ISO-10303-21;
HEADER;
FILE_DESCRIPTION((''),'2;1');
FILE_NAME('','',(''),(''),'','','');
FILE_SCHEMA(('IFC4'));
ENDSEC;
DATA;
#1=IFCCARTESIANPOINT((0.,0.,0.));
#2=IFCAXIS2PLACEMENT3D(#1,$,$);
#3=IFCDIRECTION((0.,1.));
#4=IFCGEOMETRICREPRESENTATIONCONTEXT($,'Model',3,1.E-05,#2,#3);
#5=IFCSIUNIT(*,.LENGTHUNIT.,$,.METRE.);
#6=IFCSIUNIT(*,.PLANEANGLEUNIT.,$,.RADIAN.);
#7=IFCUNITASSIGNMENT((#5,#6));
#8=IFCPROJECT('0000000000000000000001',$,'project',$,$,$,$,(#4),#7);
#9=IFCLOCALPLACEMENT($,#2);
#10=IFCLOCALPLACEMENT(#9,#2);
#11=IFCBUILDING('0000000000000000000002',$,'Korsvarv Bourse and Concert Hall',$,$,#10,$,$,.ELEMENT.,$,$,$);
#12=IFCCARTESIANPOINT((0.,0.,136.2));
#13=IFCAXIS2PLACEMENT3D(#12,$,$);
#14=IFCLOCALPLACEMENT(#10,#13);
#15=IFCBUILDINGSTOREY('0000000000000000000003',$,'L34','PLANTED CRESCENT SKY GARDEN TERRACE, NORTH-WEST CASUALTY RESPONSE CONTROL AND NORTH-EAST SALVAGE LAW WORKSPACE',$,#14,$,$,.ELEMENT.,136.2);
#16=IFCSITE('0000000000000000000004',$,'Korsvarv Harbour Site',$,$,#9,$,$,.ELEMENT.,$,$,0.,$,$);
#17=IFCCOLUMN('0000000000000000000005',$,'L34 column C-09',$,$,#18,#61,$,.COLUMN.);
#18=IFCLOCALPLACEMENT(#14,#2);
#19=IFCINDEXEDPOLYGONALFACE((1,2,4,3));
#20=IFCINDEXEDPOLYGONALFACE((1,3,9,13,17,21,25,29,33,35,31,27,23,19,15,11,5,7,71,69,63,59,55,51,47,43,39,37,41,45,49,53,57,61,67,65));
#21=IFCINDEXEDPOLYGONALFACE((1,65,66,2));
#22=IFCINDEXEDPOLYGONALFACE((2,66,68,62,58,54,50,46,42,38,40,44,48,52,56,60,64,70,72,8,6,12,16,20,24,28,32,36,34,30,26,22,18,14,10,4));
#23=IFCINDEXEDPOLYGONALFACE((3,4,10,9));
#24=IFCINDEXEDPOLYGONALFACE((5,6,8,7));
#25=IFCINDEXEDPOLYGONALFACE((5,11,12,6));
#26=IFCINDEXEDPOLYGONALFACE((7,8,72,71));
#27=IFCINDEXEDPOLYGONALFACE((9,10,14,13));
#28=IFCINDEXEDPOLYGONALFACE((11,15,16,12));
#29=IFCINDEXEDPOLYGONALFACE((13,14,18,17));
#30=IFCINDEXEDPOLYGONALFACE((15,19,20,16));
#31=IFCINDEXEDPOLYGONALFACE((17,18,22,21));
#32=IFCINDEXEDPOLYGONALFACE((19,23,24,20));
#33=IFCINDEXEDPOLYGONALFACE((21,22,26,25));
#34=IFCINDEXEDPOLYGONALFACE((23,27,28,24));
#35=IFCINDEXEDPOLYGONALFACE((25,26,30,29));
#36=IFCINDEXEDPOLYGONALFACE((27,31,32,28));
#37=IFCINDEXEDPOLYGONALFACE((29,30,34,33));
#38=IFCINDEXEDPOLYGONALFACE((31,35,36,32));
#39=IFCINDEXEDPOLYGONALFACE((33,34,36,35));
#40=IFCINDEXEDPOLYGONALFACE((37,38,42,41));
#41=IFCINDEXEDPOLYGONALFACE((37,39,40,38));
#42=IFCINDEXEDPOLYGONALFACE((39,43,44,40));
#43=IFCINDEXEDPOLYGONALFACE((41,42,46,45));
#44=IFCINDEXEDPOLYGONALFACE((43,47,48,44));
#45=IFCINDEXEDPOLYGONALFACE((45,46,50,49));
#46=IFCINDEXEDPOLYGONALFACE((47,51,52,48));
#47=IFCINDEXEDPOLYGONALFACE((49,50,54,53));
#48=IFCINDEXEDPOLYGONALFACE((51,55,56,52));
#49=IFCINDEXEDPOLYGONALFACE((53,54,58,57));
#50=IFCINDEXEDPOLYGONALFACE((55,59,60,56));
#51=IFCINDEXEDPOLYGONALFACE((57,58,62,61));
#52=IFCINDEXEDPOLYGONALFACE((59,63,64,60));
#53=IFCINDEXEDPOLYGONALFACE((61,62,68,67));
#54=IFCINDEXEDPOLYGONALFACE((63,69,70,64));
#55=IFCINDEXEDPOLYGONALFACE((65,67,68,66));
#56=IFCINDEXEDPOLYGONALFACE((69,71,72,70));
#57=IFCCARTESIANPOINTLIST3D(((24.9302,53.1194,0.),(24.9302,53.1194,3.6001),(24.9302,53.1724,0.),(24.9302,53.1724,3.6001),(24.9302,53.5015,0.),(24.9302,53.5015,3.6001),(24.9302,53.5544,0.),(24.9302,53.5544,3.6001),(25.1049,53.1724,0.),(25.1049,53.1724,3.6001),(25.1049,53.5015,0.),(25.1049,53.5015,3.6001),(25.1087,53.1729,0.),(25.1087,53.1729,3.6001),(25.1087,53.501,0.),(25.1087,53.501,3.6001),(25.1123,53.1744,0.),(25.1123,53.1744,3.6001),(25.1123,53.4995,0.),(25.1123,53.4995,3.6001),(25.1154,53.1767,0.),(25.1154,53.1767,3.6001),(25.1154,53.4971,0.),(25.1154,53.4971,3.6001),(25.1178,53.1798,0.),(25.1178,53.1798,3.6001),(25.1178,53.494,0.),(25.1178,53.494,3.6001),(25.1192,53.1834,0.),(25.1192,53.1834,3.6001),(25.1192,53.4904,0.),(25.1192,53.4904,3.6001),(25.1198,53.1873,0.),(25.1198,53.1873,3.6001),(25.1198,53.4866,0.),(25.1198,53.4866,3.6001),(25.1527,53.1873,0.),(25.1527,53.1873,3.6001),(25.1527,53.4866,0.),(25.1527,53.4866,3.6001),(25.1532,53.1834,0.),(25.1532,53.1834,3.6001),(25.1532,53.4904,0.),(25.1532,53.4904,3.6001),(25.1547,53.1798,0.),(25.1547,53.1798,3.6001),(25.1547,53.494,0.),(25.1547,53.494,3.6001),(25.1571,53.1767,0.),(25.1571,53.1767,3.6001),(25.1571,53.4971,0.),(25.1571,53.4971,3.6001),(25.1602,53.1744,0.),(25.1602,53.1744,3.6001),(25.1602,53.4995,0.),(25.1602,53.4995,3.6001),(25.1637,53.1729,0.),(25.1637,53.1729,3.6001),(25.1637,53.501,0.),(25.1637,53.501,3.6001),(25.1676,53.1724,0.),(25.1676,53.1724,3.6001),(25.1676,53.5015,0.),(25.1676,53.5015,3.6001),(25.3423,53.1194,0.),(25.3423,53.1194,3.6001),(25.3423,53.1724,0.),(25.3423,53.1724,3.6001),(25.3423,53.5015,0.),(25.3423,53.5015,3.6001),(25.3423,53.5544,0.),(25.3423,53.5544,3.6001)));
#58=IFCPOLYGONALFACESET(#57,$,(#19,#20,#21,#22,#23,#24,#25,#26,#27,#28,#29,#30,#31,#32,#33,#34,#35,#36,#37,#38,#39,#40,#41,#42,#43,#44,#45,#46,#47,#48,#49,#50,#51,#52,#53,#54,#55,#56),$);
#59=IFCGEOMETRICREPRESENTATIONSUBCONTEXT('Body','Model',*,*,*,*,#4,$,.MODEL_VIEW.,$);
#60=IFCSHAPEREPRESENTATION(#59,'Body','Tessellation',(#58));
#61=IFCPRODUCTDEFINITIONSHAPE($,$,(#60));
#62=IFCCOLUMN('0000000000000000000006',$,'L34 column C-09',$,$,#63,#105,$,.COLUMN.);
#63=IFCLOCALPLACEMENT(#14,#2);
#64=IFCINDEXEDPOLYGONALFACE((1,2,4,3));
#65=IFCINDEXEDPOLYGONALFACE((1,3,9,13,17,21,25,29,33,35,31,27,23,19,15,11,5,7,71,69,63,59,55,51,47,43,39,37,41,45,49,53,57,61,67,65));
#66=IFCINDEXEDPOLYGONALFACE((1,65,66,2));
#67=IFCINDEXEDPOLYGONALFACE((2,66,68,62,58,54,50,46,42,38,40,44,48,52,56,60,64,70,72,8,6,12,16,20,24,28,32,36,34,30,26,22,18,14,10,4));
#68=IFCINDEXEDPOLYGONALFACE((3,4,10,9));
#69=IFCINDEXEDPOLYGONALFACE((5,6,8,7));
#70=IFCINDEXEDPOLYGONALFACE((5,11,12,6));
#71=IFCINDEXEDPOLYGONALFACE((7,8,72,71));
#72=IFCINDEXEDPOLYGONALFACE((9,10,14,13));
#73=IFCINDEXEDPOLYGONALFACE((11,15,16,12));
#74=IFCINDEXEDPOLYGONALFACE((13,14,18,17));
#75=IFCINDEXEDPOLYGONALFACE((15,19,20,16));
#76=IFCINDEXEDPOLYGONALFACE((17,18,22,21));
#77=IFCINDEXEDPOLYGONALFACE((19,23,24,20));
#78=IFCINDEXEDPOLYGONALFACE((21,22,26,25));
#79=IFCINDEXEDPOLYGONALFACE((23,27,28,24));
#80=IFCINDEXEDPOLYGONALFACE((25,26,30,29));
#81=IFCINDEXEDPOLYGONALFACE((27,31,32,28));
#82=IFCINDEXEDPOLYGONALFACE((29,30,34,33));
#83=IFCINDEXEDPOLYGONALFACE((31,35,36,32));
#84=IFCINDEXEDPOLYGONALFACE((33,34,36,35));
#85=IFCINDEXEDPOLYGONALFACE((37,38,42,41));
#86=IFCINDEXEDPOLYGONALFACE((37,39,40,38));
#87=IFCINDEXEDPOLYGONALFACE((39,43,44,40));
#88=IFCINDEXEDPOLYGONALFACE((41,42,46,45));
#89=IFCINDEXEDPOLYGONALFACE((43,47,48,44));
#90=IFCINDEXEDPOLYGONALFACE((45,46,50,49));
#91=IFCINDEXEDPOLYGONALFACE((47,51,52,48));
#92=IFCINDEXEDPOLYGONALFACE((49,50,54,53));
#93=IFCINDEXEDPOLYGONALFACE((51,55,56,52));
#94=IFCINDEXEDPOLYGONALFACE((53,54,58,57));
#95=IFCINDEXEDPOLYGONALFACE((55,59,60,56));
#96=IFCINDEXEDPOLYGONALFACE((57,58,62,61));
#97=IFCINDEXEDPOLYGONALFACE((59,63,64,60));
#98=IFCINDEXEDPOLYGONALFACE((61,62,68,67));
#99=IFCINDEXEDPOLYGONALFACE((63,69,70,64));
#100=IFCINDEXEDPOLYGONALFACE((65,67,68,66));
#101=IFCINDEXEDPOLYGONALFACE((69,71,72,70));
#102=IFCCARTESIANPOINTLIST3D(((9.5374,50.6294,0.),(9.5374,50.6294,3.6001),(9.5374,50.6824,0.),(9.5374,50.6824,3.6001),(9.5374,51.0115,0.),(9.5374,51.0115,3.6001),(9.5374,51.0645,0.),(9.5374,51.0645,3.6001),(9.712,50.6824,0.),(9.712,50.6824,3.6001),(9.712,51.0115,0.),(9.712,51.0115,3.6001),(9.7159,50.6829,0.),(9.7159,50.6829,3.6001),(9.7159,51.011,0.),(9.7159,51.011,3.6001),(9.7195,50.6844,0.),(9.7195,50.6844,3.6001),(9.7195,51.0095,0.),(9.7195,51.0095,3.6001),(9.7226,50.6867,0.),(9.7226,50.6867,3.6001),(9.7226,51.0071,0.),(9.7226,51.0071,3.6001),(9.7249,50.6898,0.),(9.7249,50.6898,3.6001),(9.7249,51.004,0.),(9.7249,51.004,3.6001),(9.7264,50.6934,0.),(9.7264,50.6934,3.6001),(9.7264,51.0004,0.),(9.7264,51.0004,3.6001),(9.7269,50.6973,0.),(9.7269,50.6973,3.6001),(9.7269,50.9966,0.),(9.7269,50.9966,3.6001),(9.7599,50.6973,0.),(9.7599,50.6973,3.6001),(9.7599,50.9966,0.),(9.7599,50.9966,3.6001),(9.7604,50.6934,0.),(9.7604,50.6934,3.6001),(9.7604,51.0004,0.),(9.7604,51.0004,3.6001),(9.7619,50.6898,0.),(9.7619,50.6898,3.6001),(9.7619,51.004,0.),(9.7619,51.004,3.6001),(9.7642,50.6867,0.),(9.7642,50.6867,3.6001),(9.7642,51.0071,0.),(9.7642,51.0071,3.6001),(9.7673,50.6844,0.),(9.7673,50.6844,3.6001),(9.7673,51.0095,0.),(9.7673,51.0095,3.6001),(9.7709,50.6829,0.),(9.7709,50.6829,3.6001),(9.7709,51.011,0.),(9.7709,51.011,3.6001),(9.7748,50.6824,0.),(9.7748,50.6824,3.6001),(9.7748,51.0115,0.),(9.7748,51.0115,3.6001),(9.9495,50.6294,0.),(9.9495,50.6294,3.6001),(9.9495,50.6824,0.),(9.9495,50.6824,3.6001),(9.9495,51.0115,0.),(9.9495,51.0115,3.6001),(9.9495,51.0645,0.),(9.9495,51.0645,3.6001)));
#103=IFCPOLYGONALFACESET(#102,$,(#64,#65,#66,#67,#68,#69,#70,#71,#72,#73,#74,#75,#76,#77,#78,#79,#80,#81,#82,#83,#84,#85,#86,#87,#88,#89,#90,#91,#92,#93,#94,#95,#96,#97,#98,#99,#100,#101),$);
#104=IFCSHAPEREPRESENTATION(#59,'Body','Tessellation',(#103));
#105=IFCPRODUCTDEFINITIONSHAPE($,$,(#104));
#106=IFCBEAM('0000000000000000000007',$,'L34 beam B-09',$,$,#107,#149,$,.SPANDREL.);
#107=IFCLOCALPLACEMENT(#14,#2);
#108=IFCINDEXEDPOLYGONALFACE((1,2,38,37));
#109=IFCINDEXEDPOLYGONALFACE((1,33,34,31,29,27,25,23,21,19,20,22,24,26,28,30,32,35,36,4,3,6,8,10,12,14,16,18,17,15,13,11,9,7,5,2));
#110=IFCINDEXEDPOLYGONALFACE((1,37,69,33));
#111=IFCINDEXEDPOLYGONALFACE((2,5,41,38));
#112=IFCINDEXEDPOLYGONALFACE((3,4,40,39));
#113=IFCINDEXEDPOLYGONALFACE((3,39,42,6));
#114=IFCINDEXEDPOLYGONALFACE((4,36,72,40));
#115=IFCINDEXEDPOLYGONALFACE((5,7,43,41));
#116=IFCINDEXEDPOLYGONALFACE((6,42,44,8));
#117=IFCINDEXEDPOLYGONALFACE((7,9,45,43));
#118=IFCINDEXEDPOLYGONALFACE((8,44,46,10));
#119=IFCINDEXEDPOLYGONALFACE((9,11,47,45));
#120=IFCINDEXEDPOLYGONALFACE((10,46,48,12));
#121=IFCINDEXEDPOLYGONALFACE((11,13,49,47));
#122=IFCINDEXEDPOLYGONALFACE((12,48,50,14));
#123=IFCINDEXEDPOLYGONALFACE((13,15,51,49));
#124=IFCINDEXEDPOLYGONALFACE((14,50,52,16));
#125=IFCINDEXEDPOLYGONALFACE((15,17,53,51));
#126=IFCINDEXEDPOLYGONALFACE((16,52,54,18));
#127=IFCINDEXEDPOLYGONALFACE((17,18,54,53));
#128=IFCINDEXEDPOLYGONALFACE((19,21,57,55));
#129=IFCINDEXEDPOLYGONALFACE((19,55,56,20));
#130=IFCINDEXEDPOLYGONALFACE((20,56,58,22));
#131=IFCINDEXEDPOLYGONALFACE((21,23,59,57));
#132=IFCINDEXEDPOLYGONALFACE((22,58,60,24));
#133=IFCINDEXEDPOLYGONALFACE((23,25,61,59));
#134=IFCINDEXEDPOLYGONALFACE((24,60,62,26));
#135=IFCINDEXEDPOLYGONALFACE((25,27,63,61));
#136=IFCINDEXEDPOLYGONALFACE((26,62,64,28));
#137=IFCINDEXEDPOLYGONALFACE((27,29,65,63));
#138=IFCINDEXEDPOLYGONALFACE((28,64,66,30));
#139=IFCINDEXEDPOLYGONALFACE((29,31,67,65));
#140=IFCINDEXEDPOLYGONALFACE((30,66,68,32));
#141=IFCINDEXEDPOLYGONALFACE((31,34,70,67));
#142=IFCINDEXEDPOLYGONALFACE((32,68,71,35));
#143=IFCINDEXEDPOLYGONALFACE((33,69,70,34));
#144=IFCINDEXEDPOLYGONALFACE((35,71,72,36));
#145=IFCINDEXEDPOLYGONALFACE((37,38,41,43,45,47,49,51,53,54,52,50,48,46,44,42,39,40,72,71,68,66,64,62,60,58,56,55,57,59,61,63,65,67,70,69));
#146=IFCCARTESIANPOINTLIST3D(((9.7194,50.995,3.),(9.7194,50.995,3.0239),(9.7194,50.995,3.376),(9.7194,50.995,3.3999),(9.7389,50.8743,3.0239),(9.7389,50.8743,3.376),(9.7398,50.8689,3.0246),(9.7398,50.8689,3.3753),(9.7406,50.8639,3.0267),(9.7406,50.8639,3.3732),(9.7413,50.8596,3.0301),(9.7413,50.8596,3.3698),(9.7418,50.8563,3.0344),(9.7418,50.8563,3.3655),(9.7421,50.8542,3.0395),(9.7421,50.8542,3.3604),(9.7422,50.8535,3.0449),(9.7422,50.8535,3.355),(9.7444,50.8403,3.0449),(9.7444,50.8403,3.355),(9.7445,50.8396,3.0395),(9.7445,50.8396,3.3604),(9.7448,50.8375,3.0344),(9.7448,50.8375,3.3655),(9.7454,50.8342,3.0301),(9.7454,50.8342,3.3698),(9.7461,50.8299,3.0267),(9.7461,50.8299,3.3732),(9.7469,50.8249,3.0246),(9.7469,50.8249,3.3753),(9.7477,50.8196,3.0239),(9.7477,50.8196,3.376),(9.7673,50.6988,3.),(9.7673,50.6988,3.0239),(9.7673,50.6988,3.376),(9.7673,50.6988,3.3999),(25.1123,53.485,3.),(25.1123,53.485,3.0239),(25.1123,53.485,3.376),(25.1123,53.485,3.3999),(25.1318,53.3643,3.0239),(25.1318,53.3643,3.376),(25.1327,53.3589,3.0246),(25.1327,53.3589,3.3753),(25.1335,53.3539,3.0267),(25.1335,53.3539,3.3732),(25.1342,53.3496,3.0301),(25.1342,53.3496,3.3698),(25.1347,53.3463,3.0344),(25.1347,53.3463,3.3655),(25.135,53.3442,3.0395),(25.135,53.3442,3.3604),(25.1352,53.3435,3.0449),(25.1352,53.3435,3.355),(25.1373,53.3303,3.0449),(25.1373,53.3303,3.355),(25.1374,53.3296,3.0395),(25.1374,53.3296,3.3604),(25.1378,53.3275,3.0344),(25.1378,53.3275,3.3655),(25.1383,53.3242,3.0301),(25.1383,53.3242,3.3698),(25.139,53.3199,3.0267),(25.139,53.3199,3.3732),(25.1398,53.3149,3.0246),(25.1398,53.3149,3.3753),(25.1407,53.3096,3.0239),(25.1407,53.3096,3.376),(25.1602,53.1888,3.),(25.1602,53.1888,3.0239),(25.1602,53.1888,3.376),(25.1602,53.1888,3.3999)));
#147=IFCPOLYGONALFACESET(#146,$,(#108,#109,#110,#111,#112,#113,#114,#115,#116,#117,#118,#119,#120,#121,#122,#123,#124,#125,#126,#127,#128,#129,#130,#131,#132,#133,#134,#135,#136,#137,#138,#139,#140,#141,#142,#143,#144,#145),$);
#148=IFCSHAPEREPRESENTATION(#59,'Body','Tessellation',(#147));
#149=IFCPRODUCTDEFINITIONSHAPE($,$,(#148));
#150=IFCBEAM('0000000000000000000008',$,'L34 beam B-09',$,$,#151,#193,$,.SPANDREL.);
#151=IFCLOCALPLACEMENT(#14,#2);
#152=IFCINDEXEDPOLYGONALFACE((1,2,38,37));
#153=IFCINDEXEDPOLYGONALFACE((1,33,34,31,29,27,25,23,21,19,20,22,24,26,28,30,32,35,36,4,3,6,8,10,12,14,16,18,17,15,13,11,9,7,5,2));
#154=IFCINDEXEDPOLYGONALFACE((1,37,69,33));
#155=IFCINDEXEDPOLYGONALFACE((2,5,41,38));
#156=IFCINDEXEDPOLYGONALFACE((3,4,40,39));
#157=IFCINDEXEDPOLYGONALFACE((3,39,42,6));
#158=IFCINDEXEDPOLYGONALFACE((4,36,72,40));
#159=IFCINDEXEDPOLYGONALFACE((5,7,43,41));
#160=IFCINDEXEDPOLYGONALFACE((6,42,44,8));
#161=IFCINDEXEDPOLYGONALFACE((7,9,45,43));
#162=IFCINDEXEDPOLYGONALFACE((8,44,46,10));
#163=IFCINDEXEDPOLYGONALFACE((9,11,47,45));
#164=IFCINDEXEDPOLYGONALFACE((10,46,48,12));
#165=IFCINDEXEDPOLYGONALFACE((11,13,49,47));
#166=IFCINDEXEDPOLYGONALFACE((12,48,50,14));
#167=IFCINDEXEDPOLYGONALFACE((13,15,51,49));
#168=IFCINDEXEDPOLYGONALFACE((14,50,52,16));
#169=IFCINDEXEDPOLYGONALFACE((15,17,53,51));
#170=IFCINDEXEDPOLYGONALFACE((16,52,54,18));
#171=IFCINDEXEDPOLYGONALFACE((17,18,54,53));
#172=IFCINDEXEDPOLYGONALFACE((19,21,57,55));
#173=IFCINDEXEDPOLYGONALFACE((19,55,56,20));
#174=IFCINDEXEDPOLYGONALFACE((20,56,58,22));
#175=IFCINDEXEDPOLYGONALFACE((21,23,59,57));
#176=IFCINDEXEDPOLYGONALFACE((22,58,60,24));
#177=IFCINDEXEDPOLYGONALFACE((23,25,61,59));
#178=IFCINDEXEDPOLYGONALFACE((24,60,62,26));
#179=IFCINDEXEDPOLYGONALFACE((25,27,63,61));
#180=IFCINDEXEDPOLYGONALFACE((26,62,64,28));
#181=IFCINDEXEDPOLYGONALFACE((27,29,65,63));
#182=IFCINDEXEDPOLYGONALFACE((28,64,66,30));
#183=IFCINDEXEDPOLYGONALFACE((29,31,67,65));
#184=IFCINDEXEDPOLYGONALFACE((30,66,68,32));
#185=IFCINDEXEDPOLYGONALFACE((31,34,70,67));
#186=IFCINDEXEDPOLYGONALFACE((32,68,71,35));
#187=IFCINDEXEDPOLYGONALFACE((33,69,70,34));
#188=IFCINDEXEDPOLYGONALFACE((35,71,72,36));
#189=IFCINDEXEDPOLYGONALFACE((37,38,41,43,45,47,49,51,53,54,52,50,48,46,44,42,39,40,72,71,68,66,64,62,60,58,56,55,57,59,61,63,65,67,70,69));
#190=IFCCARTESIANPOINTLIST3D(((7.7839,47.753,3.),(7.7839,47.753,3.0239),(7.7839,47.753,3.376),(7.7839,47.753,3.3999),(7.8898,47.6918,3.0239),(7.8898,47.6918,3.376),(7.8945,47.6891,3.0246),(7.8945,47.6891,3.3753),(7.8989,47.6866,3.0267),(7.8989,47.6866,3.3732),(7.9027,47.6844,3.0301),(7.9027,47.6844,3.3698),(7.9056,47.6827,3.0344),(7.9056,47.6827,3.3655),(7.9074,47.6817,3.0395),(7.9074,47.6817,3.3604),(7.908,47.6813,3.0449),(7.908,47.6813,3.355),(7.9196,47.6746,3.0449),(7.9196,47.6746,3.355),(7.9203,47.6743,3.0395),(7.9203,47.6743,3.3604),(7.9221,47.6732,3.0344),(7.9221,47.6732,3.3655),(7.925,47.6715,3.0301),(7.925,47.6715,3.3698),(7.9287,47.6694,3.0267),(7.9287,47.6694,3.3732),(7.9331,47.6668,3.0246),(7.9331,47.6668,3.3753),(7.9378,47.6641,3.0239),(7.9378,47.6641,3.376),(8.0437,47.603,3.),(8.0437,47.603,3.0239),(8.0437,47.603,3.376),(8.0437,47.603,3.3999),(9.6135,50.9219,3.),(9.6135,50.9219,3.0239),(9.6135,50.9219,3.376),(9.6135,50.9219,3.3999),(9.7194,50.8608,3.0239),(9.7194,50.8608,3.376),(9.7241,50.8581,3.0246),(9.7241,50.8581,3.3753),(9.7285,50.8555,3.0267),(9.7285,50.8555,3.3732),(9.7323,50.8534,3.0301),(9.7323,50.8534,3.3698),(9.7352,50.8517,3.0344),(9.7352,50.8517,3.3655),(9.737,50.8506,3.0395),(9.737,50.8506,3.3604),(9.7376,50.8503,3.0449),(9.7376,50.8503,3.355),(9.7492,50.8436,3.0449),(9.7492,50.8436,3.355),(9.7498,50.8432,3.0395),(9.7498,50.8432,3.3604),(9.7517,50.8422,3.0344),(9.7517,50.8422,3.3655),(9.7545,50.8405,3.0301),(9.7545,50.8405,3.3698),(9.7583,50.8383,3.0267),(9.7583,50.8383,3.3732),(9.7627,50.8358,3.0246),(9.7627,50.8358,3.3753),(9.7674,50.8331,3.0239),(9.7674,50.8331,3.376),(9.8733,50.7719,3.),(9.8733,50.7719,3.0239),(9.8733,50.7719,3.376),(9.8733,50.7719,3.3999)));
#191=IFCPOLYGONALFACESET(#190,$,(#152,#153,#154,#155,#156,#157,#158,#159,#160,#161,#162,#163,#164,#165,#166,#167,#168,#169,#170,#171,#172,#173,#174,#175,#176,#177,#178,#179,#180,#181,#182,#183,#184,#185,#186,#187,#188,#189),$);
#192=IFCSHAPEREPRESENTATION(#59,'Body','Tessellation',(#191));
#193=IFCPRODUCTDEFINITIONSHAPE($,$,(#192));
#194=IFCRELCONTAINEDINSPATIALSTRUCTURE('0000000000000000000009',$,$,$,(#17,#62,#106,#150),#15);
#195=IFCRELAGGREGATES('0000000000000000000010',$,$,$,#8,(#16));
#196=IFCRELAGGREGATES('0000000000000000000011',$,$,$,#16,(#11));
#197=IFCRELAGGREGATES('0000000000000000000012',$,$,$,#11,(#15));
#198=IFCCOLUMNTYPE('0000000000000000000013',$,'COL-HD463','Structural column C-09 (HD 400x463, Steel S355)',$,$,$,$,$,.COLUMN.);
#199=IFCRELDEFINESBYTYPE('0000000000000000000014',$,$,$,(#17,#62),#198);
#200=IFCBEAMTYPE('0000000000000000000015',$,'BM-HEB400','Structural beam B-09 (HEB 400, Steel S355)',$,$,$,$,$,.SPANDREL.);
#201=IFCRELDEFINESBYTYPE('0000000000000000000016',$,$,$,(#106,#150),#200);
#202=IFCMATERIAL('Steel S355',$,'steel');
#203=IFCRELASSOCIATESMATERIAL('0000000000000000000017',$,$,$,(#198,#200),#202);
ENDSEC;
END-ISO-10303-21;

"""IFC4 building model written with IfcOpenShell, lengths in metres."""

from ifc_helpers import new_model, si_unit, direction, frame, origin, origin_2d, place, context, subcontext, project, spatial, i_section, extrude, source, transform, mapped, material, material_profile, profile_set, type_object, element, save


model = new_model("IFC4")

# Units and contexts
model_context = context("Model", 3, precision=1e-05, world=origin(), true_north=direction((0.0, 1.0)))
body_context = subcontext(model_context, "Body", "Model", "MODEL_VIEW")
ifc_project = project(units=[si_unit("LENGTHUNIT", "METRE"), si_unit("PLANEANGLEUNIT", "RADIAN")], contexts=[model_context])

# Site, building, storey
site_placement = place(None, origin())
site = spatial("IfcSite", under=ifc_project, at=site_placement, Name="Korsvarv Harbour Site", CompositionType="ELEMENT", RefElevation=0.0)
building_placement = place(site_placement, origin())
building = spatial("IfcBuilding", under=site, at=building_placement, Name="Korsvarv Bourse and Concert Hall", CompositionType="ELEMENT")
storey_placement = place(building_placement, frame((0.0, 0.0, 136.2)))
storey = spatial("IfcBuildingStorey", under=building, at=storey_placement, Name="L34", Description="PLANTED CRESCENT SKY GARDEN TERRACE, NORTH-WEST CASUALTY RESPONSE CONTROL AND NORTH-EAST SALVAGE LAW WORKSPACE", CompositionType="ELEMENT", Elevation=136.2)

# Columns
ifc_material_1 = material(Name="Steel S355", Category="steel")
ifc_material_profile_1 = material_profile(ifc_material_1, i_section(OverallWidth=0.4121, OverallDepth=0.4351, WebThickness=0.033, FlangeThickness=0.053, FilletRadius=0.0149, at=origin_2d()), Name="HD 400x463")
ifc_profile_set_1 = profile_set([ifc_material_profile_1], Name="Steel S355")
column_type = type_object("IfcColumnType", Name="COL-HD463", Description="Structural column C-09 (HD 400x463, Steel S355)", PredefinedType="COLUMN", material=ifc_profile_set_1)
shared_shape_1 = source(origin(), body_context, "Body", "SweptSolid", [
    extrude(i_section(OverallWidth=0.4121, OverallDepth=0.4351, WebThickness=0.033, FlangeThickness=0.053, FilletRadius=0.0149, at=origin_2d()), origin(), (0.0, 0.0, 1.0), 3.6001),
])
for number, where, z_axis, x_axis, name in (
    (1, (25.1362, 53.3369, 0.0), (0.0, 0.0, 1.0), (1.0, 0.0, 0.0), "L34 column C-09"),
    (2, (9.7434, 50.8469, 0.0), (0.0, 0.0, 1.0), (1.0, 0.0, 0.0), "L34 column C-09"),
):
    element("IfcColumn", number, at=place(storey_placement, frame(where, z_axis=z_axis, x_axis=x_axis)), inside=storey, type_object=column_type, Name=name, PredefinedType="COLUMN", context=body_context, shape_type="MappedRepresentation", body=[
        mapped(shared_shape_1, transform((0.0, 0.0, 0.0), scale=1.0)),
    ])

# Beams
ifc_material_profile_2 = material_profile(ifc_material_1, i_section(OverallWidth=0.3, OverallDepth=0.3999, WebThickness=0.0134, FlangeThickness=0.0239, FilletRadius=0.021, at=origin_2d()), Name="HEB 400")
ifc_profile_set_2 = profile_set([ifc_material_profile_2], Name="Steel S355")
beam_type_1 = type_object("IfcBeamType", Name="BM-HEB400", Description="Structural beam B-09 (HEB 400, Steel S355)", PredefinedType="SPANDREL", material=ifc_profile_set_2)
shared_shape_2 = source(origin(), body_context, "Body", "SweptSolid", [
    extrude(i_section(OverallWidth=0.3, OverallDepth=0.3999, WebThickness=0.0134, FlangeThickness=0.0239, FilletRadius=0.021, at=origin_2d()), origin(), (0.0, 0.0, 1.0), 15.593),
])
beam_1_placement = place(storey_placement, frame((25.1362, 53.3369, 3.2), z_axis=(-0.987168, -0.159687, 0.0), x_axis=(0.159687, -0.987168, 0.0)))
element("IfcBeam", 3, at=beam_1_placement, inside=storey, type_object=beam_type_1, Name="L34 beam B-09", PredefinedType="SPANDREL", context=body_context, shape_type="MappedRepresentation", body=[
    mapped(shared_shape_2, transform((0.0, 0.0, 0.0), scale=1.0)),
])
shared_shape_3 = source(origin(), body_context, "Body", "SweptSolid", [
    extrude(i_section(OverallWidth=0.3, OverallDepth=0.3999, WebThickness=0.0134, FlangeThickness=0.0239, FilletRadius=0.021, at=origin_2d()), origin(), (0.0, 0.0, 1.0), 3.6592),
])
beam_2_placement = place(storey_placement, frame((9.7434, 50.8469, 3.2), z_axis=(-0.5, -0.866026, 0.0), x_axis=(0.866026, -0.5, 0.0)))
element("IfcBeam", 4, at=beam_2_placement, inside=storey, type_object=beam_type_1, Name="L34 beam B-09", PredefinedType="SPANDREL", context=body_context, shape_type="MappedRepresentation", body=[
    mapped(shared_shape_3, transform((0.0, 0.0, 0.0), scale=1.0)),
])

save(model, "model.ifc")
